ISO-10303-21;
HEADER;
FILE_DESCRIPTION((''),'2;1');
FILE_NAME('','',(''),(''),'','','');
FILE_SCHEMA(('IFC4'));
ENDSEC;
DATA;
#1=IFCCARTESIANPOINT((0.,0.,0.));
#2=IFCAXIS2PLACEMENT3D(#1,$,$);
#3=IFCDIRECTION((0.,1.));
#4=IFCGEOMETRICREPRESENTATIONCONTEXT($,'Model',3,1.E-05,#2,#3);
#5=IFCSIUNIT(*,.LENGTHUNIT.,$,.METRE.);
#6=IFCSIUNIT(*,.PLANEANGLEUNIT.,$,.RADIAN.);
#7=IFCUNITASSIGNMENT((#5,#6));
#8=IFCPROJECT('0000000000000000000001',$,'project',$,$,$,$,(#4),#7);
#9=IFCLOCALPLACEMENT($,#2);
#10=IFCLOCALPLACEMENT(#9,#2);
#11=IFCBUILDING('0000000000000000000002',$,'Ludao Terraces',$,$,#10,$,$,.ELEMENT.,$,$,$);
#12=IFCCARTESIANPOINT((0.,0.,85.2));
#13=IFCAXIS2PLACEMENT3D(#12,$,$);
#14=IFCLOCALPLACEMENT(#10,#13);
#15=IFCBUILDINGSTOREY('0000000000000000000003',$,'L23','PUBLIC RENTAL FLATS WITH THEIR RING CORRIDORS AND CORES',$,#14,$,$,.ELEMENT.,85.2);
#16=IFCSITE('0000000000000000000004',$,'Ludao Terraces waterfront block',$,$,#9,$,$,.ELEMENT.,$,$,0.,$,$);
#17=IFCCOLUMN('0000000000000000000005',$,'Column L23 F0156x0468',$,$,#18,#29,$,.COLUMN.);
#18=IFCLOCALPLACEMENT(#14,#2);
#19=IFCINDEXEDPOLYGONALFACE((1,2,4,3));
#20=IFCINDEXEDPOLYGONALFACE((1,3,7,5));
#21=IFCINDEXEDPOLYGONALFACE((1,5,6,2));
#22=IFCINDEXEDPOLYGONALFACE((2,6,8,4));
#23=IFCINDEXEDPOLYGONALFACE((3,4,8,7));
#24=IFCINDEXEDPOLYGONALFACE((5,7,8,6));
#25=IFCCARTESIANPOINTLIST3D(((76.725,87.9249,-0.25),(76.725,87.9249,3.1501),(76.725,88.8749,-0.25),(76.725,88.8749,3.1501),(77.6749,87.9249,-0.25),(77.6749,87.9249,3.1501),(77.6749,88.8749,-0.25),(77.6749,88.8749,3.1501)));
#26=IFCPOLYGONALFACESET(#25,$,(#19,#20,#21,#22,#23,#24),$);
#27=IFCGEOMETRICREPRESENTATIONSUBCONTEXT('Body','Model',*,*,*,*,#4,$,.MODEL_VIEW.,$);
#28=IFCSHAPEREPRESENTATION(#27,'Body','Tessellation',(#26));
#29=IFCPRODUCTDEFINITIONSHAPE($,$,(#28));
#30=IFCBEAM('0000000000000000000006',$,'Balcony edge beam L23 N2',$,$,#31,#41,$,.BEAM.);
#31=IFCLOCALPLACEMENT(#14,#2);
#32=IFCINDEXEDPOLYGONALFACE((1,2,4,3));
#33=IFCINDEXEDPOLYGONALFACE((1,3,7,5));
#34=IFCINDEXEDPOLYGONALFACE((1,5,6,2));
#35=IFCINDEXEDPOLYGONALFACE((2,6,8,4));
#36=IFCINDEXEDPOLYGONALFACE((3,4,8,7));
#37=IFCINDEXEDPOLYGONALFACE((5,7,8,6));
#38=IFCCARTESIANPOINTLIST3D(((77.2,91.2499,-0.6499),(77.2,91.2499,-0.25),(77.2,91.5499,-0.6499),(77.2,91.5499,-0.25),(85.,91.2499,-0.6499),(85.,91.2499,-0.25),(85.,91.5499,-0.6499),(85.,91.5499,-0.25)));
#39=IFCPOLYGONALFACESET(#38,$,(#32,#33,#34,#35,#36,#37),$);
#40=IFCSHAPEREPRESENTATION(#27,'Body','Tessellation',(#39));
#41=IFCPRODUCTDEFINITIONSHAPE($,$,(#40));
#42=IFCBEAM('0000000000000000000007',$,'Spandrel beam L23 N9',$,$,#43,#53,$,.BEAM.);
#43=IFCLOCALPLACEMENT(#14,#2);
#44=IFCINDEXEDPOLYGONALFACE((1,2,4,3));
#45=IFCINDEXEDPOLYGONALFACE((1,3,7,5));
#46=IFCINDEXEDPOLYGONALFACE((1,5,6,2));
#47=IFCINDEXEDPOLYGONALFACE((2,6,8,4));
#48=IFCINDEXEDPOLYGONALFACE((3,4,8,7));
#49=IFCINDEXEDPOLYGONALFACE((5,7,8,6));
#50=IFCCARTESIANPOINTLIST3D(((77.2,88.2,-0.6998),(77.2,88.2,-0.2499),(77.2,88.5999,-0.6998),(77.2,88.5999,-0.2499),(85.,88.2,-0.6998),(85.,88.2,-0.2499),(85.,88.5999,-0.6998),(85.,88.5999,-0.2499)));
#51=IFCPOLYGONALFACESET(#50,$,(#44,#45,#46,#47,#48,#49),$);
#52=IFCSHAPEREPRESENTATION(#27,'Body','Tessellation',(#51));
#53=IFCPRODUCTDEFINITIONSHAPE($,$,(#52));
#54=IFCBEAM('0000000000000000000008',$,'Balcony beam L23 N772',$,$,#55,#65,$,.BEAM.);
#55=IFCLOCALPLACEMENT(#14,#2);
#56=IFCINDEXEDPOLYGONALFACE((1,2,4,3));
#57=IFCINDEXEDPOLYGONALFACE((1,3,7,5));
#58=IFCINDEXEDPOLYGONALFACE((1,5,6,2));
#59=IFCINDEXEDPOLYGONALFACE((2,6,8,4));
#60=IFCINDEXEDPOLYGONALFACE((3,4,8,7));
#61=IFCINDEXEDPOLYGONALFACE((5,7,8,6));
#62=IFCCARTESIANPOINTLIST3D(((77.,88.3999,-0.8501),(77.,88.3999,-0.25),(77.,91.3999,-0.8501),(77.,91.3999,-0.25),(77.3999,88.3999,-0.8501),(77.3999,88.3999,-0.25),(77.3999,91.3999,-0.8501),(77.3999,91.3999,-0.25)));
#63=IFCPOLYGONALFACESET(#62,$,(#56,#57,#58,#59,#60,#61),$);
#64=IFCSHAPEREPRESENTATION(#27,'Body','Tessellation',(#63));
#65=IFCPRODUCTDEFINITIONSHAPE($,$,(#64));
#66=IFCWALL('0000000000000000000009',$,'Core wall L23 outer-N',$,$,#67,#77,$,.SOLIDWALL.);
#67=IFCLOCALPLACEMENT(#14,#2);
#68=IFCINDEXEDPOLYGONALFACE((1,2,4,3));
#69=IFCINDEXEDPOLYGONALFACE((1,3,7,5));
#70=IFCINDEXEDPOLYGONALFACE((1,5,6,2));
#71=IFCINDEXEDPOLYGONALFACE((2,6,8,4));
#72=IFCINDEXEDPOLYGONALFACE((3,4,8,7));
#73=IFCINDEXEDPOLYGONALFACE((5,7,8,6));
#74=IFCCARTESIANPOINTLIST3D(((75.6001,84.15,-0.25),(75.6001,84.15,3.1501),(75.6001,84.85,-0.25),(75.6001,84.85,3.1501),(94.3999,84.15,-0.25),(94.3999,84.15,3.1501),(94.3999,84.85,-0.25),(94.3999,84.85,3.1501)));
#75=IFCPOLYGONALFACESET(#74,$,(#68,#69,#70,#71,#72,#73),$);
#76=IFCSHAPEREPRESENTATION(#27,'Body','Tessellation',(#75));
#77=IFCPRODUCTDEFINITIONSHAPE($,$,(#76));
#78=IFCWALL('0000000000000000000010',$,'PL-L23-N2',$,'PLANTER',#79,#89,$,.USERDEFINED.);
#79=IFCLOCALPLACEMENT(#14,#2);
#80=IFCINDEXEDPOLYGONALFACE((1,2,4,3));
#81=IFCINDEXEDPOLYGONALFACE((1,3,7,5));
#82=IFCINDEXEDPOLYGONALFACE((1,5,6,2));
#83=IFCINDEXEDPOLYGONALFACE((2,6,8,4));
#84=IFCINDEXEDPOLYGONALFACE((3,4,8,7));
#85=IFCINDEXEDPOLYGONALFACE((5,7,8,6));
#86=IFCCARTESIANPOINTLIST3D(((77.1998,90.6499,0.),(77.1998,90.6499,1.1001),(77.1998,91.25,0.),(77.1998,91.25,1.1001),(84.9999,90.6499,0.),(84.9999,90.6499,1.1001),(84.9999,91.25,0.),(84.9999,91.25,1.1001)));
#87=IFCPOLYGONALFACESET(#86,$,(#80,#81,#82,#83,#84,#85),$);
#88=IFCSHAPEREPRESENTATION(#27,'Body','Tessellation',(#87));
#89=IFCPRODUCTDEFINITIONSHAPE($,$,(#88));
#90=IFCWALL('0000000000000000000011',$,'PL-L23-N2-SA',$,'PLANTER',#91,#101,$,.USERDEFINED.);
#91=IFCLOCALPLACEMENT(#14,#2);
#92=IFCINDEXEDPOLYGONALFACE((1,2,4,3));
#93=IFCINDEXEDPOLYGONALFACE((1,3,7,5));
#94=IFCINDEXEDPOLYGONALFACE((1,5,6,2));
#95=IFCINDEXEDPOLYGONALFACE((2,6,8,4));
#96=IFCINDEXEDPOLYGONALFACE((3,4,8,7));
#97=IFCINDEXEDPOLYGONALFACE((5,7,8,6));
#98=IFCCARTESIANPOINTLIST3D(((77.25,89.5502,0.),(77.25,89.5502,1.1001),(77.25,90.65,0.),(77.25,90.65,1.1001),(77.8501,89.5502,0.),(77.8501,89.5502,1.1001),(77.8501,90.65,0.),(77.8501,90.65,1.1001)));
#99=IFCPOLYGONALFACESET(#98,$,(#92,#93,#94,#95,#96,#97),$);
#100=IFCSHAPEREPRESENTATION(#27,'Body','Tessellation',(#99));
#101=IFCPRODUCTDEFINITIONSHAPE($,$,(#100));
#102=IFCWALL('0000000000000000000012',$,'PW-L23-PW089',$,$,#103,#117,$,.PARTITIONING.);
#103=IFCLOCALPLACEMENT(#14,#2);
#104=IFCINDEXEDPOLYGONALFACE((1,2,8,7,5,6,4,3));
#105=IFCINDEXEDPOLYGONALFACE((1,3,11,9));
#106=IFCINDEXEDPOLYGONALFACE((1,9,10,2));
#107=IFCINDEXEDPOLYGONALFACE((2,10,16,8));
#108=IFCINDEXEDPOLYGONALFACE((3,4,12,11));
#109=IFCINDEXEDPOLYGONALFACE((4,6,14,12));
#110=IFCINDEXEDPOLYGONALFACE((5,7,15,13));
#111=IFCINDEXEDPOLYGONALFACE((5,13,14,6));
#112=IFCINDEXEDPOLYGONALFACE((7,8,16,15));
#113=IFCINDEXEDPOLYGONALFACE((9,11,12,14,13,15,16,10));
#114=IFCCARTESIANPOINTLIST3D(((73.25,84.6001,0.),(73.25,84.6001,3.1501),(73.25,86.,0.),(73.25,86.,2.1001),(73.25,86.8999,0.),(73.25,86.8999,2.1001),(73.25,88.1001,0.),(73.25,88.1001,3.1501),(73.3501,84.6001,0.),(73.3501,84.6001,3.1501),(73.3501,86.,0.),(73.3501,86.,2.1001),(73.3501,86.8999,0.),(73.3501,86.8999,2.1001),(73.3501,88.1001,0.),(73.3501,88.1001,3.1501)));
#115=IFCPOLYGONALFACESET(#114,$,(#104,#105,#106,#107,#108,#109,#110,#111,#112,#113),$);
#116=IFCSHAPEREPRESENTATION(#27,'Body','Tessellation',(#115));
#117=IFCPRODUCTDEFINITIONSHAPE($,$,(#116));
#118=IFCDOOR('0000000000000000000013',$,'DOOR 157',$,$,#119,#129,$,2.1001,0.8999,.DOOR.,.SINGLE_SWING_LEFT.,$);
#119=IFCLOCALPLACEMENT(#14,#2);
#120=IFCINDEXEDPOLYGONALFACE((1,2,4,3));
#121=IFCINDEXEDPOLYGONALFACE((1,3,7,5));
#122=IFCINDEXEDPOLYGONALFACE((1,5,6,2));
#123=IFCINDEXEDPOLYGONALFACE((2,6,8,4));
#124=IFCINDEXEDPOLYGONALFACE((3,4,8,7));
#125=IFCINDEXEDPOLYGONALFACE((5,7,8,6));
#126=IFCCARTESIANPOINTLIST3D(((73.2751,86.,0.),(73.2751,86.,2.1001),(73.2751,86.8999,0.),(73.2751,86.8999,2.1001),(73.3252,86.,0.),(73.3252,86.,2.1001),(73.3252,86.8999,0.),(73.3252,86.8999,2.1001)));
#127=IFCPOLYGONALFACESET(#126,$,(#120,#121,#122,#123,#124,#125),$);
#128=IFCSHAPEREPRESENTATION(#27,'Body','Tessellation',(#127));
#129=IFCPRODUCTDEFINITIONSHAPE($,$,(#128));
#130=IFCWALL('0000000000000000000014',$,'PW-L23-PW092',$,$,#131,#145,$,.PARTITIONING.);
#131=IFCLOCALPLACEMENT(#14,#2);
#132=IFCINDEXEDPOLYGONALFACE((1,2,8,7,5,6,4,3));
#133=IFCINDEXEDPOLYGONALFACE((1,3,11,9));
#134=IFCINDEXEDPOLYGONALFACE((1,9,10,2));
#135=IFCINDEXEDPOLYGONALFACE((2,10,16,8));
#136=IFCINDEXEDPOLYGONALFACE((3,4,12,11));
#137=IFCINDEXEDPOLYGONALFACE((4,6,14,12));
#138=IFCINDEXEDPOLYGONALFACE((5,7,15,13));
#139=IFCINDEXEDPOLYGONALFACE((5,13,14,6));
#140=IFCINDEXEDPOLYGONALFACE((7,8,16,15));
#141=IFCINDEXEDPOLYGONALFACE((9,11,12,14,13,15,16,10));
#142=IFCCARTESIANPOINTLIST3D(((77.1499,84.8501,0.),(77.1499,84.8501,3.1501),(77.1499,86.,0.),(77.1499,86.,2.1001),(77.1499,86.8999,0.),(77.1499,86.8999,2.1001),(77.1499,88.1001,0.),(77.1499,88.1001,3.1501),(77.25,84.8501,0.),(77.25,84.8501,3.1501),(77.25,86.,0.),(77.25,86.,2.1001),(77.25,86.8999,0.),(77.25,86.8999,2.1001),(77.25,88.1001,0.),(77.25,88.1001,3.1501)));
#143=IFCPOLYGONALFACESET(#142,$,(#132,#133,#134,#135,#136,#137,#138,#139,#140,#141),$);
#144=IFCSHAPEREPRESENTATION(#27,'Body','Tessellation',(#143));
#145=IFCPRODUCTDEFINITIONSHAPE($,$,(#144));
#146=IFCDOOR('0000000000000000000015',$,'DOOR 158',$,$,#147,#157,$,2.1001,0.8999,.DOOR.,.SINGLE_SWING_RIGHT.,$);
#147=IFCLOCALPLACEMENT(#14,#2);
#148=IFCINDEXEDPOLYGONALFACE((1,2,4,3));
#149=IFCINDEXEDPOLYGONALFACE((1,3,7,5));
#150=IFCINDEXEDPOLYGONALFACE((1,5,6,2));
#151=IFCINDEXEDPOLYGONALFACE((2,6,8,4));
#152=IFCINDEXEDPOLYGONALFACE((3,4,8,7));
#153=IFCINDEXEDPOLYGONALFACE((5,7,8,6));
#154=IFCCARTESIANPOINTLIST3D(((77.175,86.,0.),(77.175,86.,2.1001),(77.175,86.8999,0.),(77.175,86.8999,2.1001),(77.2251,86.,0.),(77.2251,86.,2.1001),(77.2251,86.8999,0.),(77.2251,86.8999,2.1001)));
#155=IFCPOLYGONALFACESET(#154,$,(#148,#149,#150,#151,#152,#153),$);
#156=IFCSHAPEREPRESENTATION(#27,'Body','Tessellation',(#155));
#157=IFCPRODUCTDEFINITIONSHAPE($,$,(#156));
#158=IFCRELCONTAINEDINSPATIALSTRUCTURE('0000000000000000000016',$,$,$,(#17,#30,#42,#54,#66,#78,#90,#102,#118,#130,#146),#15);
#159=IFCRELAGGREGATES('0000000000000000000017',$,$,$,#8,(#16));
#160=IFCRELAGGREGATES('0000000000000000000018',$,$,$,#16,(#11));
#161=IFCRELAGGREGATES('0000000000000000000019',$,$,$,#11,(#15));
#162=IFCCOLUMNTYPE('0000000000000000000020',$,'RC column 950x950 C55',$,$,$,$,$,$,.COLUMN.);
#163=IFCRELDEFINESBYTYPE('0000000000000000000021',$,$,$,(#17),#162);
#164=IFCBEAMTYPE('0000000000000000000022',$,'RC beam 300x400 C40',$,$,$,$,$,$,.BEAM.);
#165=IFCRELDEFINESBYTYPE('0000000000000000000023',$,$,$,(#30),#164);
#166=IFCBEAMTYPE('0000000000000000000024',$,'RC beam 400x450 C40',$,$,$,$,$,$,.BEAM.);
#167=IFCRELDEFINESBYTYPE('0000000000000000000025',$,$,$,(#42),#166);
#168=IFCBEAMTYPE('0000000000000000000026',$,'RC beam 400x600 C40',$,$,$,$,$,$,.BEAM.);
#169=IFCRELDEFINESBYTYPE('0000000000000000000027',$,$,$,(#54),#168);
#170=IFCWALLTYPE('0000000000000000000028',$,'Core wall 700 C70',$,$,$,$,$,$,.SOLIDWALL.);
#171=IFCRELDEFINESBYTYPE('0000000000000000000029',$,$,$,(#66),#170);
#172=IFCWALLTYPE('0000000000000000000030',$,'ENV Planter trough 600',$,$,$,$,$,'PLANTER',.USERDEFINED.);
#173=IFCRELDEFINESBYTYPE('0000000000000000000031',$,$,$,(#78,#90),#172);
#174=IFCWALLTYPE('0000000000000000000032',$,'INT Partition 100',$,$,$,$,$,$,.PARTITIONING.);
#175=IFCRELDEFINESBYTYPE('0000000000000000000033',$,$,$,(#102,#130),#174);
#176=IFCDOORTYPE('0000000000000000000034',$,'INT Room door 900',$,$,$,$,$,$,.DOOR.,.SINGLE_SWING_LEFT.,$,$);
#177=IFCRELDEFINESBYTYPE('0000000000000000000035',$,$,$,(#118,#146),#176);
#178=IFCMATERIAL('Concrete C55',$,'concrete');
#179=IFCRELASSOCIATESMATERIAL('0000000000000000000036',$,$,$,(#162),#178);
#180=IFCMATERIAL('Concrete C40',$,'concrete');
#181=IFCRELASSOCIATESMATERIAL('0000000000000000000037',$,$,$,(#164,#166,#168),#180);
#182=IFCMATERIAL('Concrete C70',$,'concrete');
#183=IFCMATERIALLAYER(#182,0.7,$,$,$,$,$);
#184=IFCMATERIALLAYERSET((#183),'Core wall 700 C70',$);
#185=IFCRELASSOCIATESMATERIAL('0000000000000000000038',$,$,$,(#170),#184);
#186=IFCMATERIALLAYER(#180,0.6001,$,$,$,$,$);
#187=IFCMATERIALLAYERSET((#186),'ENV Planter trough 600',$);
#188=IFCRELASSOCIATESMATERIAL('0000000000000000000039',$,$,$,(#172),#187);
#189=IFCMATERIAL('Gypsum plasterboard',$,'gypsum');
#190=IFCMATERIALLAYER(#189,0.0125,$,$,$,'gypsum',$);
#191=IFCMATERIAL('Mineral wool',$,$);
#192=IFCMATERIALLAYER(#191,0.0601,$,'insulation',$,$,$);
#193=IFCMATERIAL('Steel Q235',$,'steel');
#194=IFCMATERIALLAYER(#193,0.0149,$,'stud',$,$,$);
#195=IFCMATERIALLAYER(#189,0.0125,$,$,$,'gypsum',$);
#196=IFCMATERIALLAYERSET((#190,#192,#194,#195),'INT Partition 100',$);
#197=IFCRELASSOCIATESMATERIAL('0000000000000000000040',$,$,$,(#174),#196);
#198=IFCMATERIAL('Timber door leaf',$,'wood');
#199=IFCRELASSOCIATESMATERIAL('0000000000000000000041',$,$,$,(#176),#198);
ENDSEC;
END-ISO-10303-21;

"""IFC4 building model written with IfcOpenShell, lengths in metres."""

from ifc_helpers import new_model, si_unit, direction, frame, frame_2d, origin, origin_2d, place, context, subcontext, project, spatial, rectangle, extrude, material, layer, layer_set, material_profile, profile_set, type_object, element, fill, save


model = new_model("IFC4")

# Units and contexts
model_context = context("Model", 3, precision=1e-05, world=origin(), true_north=direction((0.0, 1.0)))
body_context = subcontext(model_context, "Body", "Model", "MODEL_VIEW")
ifc_project = project(units=[si_unit("LENGTHUNIT", "METRE"), si_unit("PLANEANGLEUNIT", "RADIAN")], contexts=[model_context])

# Site, building, storey
site_placement = place(None, origin())
site = spatial("IfcSite", under=ifc_project, at=site_placement, Name="Ludao Terraces waterfront block", CompositionType="ELEMENT", RefElevation=0.0)
building_placement = place(site_placement, origin())
building = spatial("IfcBuilding", under=site, at=building_placement, Name="Ludao Terraces", CompositionType="ELEMENT")
storey_placement = place(building_placement, frame((0.0, 0.0, 85.2)))
storey = spatial("IfcBuildingStorey", under=building, at=storey_placement, Name="L23", Description="PUBLIC RENTAL FLATS WITH THEIR RING CORRIDORS AND CORES", CompositionType="ELEMENT", Elevation=85.2)

# Column
ifc_material_1 = material(Name="Concrete C55", Category="concrete")
ifc_material_profile_1 = material_profile(ifc_material_1, rectangle(XDim=0.95, YDim=0.95, at=origin_2d()), Name="950 X 950")
ifc_profile_set_1 = profile_set([ifc_material_profile_1], Name="Concrete C55")
column_type = type_object("IfcColumnType", Name="RC column 950x950 C55", PredefinedType="COLUMN", material=ifc_profile_set_1)
column_placement = place(storey_placement, frame((77.2, 88.3999, -0.25), z_axis=(0.0, 0.0, 1.0), x_axis=(1.0, 0.0, 0.0)))
element("IfcColumn", 1, at=column_placement, inside=storey, type_object=column_type, Name="Column L23 F0156x0468", PredefinedType="COLUMN", context=body_context, shape_type="SweptSolid", body=[
    extrude(rectangle(XDim=0.95, YDim=0.95, at=origin_2d()), origin(), (0.0, 0.0, 1.0), 3.4001),
])

# Beams
ifc_material_2 = material(Name="Concrete C40", Category="concrete")
ifc_material_profile_2 = material_profile(ifc_material_2, rectangle(XDim=0.3, YDim=0.3999, at=origin_2d()), Name="300 X 400")
ifc_profile_set_2 = profile_set([ifc_material_profile_2], Name="Concrete C40")
beam_type_1 = type_object("IfcBeamType", Name="RC beam 300x400 C40", PredefinedType="BEAM", material=ifc_profile_set_2)
beam_1_placement = place(storey_placement, frame((77.2, 91.3999, -0.45), z_axis=(1.0, 0.0, 0.0), x_axis=(0.0, 1.0, 0.0)))
element("IfcBeam", 2, at=beam_1_placement, inside=storey, type_object=beam_type_1, Name="Balcony edge beam L23 N2", PredefinedType="BEAM", context=body_context, shape_type="SweptSolid", body=[
    extrude(rectangle(XDim=0.3, YDim=0.3999, at=origin_2d()), origin(), (0.0, 0.0, 1.0), 7.8),
])
ifc_material_profile_3 = material_profile(ifc_material_2, rectangle(XDim=0.3999, YDim=0.45, at=origin_2d()), Name="400 X 450")
ifc_profile_set_3 = profile_set([ifc_material_profile_3], Name="Concrete C40")
beam_type_2 = type_object("IfcBeamType", Name="RC beam 400x450 C40", PredefinedType="BEAM", material=ifc_profile_set_3)
beam_2_placement = place(storey_placement, frame((77.2, 88.3999, -0.4749), z_axis=(1.0, 0.0, 0.0), x_axis=(0.0, 1.0, 0.0)))
element("IfcBeam", 3, at=beam_2_placement, inside=storey, type_object=beam_type_2, Name="Spandrel beam L23 N9", PredefinedType="BEAM", context=body_context, shape_type="SweptSolid", body=[
    extrude(rectangle(XDim=0.3999, YDim=0.45, at=origin_2d()), origin(), (0.0, 0.0, 1.0), 7.8),
])
ifc_material_profile_4 = material_profile(ifc_material_2, rectangle(XDim=0.3999, YDim=0.6001, at=origin_2d()), Name="400 X 600")
ifc_profile_set_4 = profile_set([ifc_material_profile_4], Name="Concrete C40")
beam_type_3 = type_object("IfcBeamType", Name="RC beam 400x600 C40", PredefinedType="BEAM", material=ifc_profile_set_4)
beam_3_placement = place(storey_placement, frame((77.2, 88.3999, -0.55), z_axis=(0.0, 1.0, 0.0), x_axis=(-1.0, 0.0, 0.0)))
element("IfcBeam", 4, at=beam_3_placement, inside=storey, type_object=beam_type_3, Name="Balcony beam L23 N772", PredefinedType="BEAM", context=body_context, shape_type="SweptSolid", body=[
    extrude(rectangle(XDim=0.3999, YDim=0.6001, at=origin_2d()), origin(), (0.0, 0.0, 1.0), 3.0),
])

# Walls
ifc_material_3 = material(Name="Concrete C70", Category="concrete")
ifc_layer_1 = layer(ifc_material_3, 0.7)
ifc_layer_set_1 = layer_set([ifc_layer_1], Name="Core wall 700 C70")
wall_type_1 = type_object("IfcWallType", Name="Core wall 700 C70", PredefinedType="SOLIDWALL", material=ifc_layer_set_1)
wall_1_placement = place(storey_placement, frame((75.6001, 84.5, -0.25), z_axis=(0.0, 0.0, 1.0), x_axis=(1.0, 0.0, 0.0)))
element("IfcWall", 5, at=wall_1_placement, inside=storey, type_object=wall_type_1, Name="Core wall L23 outer-N", PredefinedType="SOLIDWALL", context=body_context, shape_type="SweptSolid", body=[
    extrude(rectangle(XDim=18.7998, YDim=0.7, at=frame_2d((9.3999, 0.0))), origin(), (0.0, 0.0, 1.0), 3.4001),
])
ifc_layer_2 = layer(ifc_material_2, 0.6001)
ifc_layer_set_2 = layer_set([ifc_layer_2], Name="ENV Planter trough 600")
wall_type_2 = type_object("IfcWallType", Name="ENV Planter trough 600", ElementType="PLANTER", PredefinedType="USERDEFINED", material=ifc_layer_set_2)
wall_2_placement = place(storey_placement, frame((77.2, 90.95, 0.0), z_axis=(0.0, 0.0, 1.0), x_axis=(1.0, 0.0, 0.0)))
element("IfcWall", 6, at=wall_2_placement, inside=storey, type_object=wall_type_2, Name="PL-L23-N2", ObjectType="PLANTER", PredefinedType="USERDEFINED", context=body_context, shape_type="SweptSolid", body=[
    extrude(rectangle(XDim=7.8, YDim=0.6001, at=frame_2d((3.8999, 0.0))), origin(), (0.0, 0.0, 1.0), 1.1001),
])
wall_3_placement = place(storey_placement, frame((77.55, 90.6499, 0.0), z_axis=(0.0, 0.0, 1.0), x_axis=(0.0, -1.0, 0.0)))
element("IfcWall", 7, at=wall_3_placement, inside=storey, type_object=wall_type_2, Name="PL-L23-N2-SA", ObjectType="PLANTER", PredefinedType="USERDEFINED", context=body_context, shape_type="SweptSolid", body=[
    extrude(rectangle(XDim=1.0999, YDim=0.6001, at=frame_2d((0.5498, 0.0))), origin(), (0.0, 0.0, 1.0), 1.1001),
])

# Shared definitions
ifc_material_4 = material(Name="Mineral wool")

# Walls, openings, doors
ifc_material_5 = material(Name="Gypsum plasterboard", Category="gypsum")
ifc_layer_3 = layer(ifc_material_5, 0.0125, Category="gypsum")
ifc_layer_4 = layer(ifc_material_4, 0.0601, Name="insulation")
ifc_material_6 = material(Name="Steel Q235", Category="steel")
ifc_layer_5 = layer(ifc_material_6, 0.0149, Name="stud")
ifc_layer_6 = layer(ifc_material_5, 0.0125, Category="gypsum")
ifc_layer_set_3 = layer_set([ifc_layer_3, ifc_layer_4, ifc_layer_5, ifc_layer_6], Name="INT Partition 100")
wall_type_3 = type_object("IfcWallType", Name="INT Partition 100", PredefinedType="PARTITIONING", material=ifc_layer_set_3)
wall_4_placement = place(storey_placement, frame((73.3, 84.6001, 0.0), z_axis=(0.0, 0.0, 1.0), x_axis=(0.0, 1.0, 0.0)))
wall_4 = element("IfcWall", 8, at=wall_4_placement, inside=storey, type_object=wall_type_3, Name="PW-L23-PW089", PredefinedType="PARTITIONING", context=body_context, shape_type="SweptSolid", body=[
    extrude(rectangle(XDim=3.5, YDim=0.1001, at=frame_2d((1.75, 0.0))), origin(), (0.0, 0.0, 1.0), 3.1501),
])
opening_1_placement = place(wall_4_placement, frame((1.3999, 0.0, 0.0)))
opening_1 = element("IfcOpeningElement", 9, at=opening_1_placement, cuts=wall_4, PredefinedType="OPENING", context=body_context, shape_type="SweptSolid", body=[
    extrude(rectangle(XDim=0.8999, YDim=2.1001, at=frame_2d((0.45, 1.05))), frame((0.0, 0.0601, 0.0), z_axis=(0.0, -1.0, 0.0), x_axis=(1.0, 0.0, 0.0)), (0.0, 0.0, 1.0), 0.1201),
])
ifc_material_7 = material(Name="Timber door leaf", Category="wood")
door_type_1 = type_object("IfcDoorType", Name="INT Room door 900", OperationType="SINGLE_SWING_LEFT", PredefinedType="DOOR", material=ifc_material_7)
door_1_placement = place(opening_1_placement, origin())
door_1 = element("IfcDoor", 10, at=door_1_placement, inside=storey, type_object=door_type_1, Name="DOOR 157", OperationType="SINGLE_SWING_LEFT", OverallHeight=2.1001, OverallWidth=0.8999, PredefinedType="DOOR", context=body_context, shape_type="SweptSolid", body=[
    extrude(rectangle(XDim=0.8999, YDim=2.1001, at=frame_2d((0.45, 1.05))), frame((0.0, 0.0249, 0.0), z_axis=(0.0, -1.0, 0.0), x_axis=(1.0, 0.0, 0.0)), (0.0, 0.0, 1.0), 0.05),
])
fill(opening_1, door_1)
wall_5_placement = place(storey_placement, frame((77.2, 84.8501, 0.0), z_axis=(0.0, 0.0, 1.0), x_axis=(0.0, 1.0, 0.0)))
wall_5 = element("IfcWall", 11, at=wall_5_placement, inside=storey, type_object=wall_type_3, Name="PW-L23-PW092", PredefinedType="PARTITIONING", context=body_context, shape_type="SweptSolid", body=[
    extrude(rectangle(XDim=3.25, YDim=0.1001, at=frame_2d((1.625, 0.0))), origin(), (0.0, 0.0, 1.0), 3.1501),
])
opening_2_placement = place(wall_5_placement, frame((1.1499, 0.0, 0.0)))
opening_2 = element("IfcOpeningElement", 12, at=opening_2_placement, cuts=wall_5, PredefinedType="OPENING", context=body_context, shape_type="SweptSolid", body=[
    extrude(rectangle(XDim=0.8999, YDim=2.1001, at=frame_2d((0.45, 1.05))), frame((0.0, 0.0601, 0.0), z_axis=(0.0, -1.0, 0.0), x_axis=(1.0, 0.0, 0.0)), (0.0, 0.0, 1.0), 0.1201),
])
door_2_placement = place(opening_2_placement, origin())
door_2 = element("IfcDoor", 13, at=door_2_placement, inside=storey, type_object=door_type_1, Name="DOOR 158", OperationType="SINGLE_SWING_RIGHT", OverallHeight=2.1001, OverallWidth=0.8999, PredefinedType="DOOR", context=body_context, shape_type="SweptSolid", body=[
    extrude(rectangle(XDim=0.8999, YDim=2.1001, at=frame_2d((0.45, 1.05))), frame((0.0, 0.0249, 0.0), z_axis=(0.0, -1.0, 0.0), x_axis=(1.0, 0.0, 0.0)), (0.0, 0.0, 1.0), 0.05),
])
fill(opening_2, door_2)

save(model, "model.ifc")
